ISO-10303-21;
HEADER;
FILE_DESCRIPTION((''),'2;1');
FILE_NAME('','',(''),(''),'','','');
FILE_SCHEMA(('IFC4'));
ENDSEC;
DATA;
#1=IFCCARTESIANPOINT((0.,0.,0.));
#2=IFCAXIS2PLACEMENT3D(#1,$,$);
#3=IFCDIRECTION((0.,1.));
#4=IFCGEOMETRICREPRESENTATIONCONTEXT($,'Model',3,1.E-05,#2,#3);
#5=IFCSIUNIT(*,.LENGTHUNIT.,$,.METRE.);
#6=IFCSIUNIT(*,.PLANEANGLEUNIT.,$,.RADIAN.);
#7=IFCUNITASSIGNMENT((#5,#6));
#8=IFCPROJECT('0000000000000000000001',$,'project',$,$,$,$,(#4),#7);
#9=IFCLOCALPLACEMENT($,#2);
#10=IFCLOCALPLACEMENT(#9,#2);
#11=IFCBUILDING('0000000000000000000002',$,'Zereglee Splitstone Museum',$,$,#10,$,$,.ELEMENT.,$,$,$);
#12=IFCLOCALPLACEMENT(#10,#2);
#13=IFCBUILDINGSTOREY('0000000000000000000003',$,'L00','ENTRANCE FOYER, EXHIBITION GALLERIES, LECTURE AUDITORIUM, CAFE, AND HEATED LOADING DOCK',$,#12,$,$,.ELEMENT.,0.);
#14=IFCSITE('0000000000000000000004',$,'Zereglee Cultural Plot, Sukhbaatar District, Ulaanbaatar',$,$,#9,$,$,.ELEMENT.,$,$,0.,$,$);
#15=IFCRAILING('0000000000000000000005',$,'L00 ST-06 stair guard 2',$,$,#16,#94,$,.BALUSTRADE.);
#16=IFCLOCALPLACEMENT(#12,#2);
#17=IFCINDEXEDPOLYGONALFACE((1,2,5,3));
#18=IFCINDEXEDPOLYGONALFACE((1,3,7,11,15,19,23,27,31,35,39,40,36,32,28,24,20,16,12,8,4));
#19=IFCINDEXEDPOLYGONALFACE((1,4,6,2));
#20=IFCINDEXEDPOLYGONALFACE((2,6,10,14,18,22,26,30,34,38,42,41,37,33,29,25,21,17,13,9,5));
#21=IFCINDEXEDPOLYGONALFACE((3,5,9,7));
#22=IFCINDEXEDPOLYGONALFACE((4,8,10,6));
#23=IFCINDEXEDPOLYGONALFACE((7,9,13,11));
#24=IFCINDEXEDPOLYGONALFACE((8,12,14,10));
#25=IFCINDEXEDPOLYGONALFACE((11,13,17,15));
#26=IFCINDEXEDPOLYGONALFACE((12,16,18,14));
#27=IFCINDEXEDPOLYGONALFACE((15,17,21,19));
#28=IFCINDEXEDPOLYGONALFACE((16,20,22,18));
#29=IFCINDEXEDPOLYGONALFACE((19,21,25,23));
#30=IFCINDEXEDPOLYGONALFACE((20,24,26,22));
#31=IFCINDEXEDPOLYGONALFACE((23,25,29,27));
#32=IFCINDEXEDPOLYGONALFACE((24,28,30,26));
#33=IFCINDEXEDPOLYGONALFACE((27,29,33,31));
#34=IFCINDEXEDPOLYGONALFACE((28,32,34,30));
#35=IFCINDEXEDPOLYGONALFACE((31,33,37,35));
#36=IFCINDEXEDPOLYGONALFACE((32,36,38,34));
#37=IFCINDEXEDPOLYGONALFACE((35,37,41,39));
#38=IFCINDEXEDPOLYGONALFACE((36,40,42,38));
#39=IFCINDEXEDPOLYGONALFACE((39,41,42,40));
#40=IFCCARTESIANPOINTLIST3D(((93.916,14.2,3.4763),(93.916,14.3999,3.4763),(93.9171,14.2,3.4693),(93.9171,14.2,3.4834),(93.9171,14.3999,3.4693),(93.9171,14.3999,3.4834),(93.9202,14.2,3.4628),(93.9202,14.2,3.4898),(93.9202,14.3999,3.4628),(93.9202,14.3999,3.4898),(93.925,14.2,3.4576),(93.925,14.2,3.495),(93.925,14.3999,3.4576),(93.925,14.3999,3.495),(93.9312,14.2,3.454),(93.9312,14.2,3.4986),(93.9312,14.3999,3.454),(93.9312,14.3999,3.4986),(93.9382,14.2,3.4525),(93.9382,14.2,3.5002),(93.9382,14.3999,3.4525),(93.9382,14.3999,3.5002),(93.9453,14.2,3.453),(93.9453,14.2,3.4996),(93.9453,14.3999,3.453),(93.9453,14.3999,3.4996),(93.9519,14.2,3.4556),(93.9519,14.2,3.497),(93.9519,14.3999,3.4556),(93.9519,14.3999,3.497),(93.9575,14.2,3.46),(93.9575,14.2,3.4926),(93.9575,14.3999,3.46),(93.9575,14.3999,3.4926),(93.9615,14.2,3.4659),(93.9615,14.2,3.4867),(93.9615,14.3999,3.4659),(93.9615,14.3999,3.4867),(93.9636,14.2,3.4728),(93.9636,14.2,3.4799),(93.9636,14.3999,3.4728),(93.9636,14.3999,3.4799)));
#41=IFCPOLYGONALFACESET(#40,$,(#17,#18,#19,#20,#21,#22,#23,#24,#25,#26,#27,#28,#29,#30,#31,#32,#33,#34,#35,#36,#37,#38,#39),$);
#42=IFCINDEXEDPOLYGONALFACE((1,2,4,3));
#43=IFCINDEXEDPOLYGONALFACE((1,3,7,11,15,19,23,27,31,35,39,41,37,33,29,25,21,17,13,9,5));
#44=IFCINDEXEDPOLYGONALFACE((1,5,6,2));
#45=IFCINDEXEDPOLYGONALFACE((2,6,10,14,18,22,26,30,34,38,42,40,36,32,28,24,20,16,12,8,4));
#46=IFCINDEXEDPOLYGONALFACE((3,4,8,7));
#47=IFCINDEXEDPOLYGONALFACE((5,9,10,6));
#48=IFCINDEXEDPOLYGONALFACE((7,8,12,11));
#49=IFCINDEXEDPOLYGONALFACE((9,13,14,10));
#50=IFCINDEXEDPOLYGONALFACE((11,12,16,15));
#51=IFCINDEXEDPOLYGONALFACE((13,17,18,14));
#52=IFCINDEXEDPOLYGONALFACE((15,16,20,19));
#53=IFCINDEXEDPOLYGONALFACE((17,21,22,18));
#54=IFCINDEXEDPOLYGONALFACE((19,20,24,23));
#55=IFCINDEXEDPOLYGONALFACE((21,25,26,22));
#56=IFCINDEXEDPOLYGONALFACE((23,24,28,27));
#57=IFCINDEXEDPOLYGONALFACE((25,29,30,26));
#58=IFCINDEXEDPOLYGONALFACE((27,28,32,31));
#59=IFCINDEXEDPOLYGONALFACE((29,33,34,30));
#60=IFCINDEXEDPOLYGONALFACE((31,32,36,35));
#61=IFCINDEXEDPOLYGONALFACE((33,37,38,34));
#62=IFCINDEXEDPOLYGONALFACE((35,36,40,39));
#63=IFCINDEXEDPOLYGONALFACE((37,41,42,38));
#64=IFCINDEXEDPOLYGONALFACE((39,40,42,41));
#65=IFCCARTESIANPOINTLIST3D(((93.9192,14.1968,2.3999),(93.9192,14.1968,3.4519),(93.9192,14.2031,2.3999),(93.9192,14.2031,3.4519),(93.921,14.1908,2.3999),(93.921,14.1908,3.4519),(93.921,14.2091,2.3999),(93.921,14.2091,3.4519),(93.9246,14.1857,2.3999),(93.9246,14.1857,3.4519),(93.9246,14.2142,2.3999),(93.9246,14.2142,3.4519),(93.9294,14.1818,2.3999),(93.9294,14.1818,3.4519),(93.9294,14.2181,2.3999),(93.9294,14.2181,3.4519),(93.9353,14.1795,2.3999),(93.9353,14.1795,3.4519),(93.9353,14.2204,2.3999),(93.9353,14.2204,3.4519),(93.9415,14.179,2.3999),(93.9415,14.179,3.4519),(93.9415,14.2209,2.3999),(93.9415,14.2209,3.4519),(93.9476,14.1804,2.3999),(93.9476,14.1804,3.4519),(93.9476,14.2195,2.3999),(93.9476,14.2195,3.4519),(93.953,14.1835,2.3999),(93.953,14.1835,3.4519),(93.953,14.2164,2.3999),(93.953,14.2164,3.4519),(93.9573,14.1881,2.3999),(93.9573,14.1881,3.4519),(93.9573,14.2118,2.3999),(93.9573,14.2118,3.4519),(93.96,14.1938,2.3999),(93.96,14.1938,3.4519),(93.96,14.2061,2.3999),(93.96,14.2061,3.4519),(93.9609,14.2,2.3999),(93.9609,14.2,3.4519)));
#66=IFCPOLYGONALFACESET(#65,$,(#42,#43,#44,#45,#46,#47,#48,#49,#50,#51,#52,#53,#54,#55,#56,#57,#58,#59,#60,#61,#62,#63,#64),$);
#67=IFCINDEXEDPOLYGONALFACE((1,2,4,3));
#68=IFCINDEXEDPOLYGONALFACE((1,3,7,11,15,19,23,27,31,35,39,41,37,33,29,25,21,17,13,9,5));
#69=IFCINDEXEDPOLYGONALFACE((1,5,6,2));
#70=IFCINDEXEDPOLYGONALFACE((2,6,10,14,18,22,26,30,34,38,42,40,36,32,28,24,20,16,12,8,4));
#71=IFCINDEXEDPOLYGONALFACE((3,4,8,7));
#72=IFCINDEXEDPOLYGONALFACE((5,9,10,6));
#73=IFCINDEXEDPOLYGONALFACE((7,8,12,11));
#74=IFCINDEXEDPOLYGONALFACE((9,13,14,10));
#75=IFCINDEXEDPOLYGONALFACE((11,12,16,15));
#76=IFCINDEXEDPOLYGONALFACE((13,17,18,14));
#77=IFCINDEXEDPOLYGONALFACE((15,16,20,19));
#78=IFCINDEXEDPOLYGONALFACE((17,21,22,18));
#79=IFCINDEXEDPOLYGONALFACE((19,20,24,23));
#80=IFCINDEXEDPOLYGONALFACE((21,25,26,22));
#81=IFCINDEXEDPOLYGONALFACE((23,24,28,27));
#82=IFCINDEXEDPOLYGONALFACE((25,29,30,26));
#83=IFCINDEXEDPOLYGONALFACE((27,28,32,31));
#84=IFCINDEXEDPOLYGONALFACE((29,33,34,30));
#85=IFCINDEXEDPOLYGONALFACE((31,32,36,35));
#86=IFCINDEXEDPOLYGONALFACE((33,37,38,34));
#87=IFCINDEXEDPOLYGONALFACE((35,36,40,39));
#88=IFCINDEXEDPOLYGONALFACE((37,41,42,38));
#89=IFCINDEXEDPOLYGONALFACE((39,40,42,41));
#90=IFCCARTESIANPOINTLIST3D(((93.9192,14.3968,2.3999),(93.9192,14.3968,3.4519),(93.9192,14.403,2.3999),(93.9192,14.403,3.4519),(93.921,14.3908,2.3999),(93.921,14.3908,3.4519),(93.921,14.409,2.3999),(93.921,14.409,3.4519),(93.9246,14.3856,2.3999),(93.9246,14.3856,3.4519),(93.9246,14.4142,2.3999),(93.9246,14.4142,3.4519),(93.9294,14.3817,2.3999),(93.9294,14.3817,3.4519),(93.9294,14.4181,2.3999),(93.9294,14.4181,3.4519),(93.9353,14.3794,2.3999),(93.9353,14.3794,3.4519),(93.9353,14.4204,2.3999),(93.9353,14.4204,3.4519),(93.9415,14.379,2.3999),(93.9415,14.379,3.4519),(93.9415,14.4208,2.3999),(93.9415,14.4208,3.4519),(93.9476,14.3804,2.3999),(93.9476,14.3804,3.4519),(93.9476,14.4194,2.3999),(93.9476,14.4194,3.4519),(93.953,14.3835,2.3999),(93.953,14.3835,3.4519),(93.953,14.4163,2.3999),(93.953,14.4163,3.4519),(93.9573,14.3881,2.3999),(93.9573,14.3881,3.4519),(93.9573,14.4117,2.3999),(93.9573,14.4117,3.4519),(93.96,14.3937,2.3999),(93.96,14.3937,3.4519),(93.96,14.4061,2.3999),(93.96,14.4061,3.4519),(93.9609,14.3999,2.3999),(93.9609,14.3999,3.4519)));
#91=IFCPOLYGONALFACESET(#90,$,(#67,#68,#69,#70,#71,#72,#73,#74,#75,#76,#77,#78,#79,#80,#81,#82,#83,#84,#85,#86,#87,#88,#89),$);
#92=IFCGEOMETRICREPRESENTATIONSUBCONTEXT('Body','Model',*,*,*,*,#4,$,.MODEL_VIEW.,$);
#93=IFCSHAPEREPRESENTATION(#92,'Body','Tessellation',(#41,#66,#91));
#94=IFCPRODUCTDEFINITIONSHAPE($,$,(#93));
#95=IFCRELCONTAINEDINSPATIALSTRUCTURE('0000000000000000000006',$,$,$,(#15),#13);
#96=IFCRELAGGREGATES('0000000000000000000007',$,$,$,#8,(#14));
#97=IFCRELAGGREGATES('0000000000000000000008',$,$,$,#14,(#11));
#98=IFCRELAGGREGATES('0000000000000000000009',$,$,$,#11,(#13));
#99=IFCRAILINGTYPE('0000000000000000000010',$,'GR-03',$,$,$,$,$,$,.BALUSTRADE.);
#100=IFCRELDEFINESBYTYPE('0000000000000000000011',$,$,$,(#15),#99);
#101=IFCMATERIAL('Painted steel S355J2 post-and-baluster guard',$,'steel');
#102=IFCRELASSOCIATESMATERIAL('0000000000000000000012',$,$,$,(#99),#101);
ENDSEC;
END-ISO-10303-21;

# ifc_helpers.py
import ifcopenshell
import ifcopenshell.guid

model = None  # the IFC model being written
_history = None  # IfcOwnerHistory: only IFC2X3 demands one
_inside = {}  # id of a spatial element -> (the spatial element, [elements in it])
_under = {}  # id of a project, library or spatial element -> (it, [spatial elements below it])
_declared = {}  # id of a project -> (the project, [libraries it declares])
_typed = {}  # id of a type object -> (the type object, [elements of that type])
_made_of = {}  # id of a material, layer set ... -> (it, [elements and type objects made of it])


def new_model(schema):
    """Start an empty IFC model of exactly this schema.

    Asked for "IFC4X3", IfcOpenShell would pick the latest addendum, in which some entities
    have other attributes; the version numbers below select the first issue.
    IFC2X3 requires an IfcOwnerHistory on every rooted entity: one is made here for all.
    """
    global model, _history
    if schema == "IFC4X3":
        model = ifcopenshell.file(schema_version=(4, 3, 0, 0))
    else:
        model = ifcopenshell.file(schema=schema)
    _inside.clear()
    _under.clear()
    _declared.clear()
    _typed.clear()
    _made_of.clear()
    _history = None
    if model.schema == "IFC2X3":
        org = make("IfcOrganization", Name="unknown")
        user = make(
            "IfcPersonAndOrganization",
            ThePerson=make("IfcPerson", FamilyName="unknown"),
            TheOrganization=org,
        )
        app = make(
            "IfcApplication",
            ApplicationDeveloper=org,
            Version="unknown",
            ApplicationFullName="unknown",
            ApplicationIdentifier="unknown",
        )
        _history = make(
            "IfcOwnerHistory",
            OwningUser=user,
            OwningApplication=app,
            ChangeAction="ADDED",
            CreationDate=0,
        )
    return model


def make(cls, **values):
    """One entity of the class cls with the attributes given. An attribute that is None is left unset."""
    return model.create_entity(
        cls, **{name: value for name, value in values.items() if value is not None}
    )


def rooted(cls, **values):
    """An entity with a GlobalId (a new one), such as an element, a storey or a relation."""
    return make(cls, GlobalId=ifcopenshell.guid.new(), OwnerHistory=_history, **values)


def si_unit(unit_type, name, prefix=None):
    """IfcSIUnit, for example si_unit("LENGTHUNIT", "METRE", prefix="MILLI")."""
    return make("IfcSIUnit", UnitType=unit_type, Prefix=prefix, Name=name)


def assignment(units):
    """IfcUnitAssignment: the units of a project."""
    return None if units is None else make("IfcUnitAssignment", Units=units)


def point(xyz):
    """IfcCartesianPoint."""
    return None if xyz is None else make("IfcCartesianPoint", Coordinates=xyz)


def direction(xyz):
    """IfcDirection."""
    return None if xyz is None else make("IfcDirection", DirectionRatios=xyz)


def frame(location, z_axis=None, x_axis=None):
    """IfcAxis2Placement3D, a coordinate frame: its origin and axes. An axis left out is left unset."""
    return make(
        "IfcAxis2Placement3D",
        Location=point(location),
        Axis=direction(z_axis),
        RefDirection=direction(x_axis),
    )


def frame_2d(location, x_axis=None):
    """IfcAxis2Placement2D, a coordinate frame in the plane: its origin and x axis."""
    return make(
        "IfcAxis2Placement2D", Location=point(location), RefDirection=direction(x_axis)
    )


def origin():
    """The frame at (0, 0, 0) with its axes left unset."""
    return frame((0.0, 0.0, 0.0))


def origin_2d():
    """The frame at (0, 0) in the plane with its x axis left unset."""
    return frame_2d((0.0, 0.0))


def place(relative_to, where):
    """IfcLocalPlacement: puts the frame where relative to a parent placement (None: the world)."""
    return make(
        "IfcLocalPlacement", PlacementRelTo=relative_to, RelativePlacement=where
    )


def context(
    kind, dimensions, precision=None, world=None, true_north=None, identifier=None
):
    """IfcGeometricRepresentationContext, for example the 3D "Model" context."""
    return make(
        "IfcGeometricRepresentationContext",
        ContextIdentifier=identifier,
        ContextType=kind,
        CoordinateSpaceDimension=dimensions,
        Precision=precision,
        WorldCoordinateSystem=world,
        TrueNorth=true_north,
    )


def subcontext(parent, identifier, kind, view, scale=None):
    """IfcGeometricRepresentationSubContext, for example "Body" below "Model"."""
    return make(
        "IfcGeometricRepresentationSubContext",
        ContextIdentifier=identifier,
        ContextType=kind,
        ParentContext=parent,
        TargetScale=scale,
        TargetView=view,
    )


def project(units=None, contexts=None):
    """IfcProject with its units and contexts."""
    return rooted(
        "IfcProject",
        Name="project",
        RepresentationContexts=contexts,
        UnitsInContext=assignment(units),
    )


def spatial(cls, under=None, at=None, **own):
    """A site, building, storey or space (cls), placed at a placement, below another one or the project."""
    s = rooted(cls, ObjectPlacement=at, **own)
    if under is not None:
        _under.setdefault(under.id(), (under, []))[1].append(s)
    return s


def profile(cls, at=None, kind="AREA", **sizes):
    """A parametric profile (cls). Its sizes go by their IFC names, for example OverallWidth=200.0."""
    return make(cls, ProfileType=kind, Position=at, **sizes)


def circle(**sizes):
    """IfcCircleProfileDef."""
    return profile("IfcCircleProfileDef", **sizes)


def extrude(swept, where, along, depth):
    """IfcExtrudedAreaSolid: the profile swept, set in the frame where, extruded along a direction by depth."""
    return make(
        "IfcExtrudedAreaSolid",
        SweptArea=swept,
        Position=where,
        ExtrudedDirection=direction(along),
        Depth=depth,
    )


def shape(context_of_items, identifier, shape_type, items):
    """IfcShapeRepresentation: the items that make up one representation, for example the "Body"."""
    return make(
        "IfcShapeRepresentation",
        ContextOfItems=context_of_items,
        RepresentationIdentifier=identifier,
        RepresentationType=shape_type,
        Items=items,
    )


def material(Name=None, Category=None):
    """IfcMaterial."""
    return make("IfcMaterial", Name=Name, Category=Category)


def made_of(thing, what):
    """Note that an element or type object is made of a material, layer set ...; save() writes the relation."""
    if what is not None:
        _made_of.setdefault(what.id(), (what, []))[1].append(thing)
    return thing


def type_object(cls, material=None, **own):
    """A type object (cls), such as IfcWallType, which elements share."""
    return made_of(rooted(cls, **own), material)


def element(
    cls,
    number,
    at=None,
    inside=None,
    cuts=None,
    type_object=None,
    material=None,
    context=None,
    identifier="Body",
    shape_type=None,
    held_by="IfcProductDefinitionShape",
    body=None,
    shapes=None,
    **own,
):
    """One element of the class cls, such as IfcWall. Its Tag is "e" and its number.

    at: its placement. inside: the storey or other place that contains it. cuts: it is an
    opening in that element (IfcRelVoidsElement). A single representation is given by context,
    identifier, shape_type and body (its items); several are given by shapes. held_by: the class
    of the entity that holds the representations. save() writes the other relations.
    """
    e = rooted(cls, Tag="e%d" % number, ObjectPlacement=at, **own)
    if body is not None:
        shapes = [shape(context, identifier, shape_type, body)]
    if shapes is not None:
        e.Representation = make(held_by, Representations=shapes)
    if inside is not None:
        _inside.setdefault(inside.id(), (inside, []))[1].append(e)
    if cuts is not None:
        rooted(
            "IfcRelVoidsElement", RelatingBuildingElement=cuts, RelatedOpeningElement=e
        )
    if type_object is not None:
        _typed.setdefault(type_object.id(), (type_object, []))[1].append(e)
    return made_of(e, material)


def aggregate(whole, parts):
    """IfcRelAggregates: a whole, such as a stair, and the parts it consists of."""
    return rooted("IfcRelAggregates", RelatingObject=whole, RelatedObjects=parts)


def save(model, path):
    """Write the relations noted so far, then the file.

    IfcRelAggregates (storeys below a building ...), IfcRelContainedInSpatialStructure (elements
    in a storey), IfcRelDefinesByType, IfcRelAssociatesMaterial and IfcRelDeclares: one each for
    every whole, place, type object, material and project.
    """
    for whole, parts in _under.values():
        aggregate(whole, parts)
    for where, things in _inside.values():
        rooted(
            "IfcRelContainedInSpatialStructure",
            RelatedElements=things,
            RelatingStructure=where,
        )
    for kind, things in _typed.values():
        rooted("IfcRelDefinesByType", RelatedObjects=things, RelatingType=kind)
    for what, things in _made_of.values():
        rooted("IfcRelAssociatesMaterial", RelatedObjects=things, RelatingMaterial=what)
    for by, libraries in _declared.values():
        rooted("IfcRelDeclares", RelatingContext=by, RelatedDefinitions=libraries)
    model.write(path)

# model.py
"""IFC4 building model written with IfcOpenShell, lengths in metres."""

from ifc_helpers import new_model, si_unit, direction, frame, origin, origin_2d, place, context, subcontext, project, spatial, circle, extrude, material, type_object, element, save


model = new_model("IFC4")

# Units and contexts
model_context = context("Model", 3, precision=1e-05, world=origin(), true_north=direction((0.0, 1.0)))
body_context = subcontext(model_context, "Body", "Model", "MODEL_VIEW")
ifc_project = project(units=[si_unit("LENGTHUNIT", "METRE"), si_unit("PLANEANGLEUNIT", "RADIAN")], contexts=[model_context])

# Site, building, storey
site_placement = place(None, origin())
site = spatial("IfcSite", under=ifc_project, at=site_placement, Name="Zereglee Cultural Plot, Sukhbaatar District, Ulaanbaatar", CompositionType="ELEMENT", RefElevation=0.0)
building_placement = place(site_placement, origin())
building = spatial("IfcBuilding", under=site, at=building_placement, Name="Zereglee Splitstone Museum", CompositionType="ELEMENT")
storey_placement = place(building_placement, origin())
storey = spatial("IfcBuildingStorey", under=building, at=storey_placement, Name="L00", Description="ENTRANCE FOYER, EXHIBITION GALLERIES, LECTURE AUDITORIUM, CAFE, AND HEATED LOADING DOCK", CompositionType="ELEMENT", Elevation=0.0)

# Railing
ifc_material_1 = material(Name="Painted steel S355J2 post-and-baluster guard", Category="steel")
railing_type_1 = type_object("IfcRailingType", Name="GR-03", PredefinedType="BALUSTRADE", material=ifc_material_1)
railing_1_placement = place(storey_placement, frame((93.9399, 14.2, 2.3999)))
element("IfcRailing", 1, at=railing_1_placement, inside=storey, type_object=railing_type_1, Name="L00 ST-06 stair guard 2", PredefinedType="BALUSTRADE", context=body_context, shape_type="SweptSolid", body=[
    extrude(circle(Radius=0.0239, at=origin_2d()), frame((0.0, 0.0, 1.0764), z_axis=(0.0, 1.0, 0.0), x_axis=(-1.0, 0.0, 0.0)), (0.0, 0.0, 1.0), 0.2),
    extrude(circle(Radius=0.021, at=origin_2d()), origin(), (0.0, 0.0, 1.0), 1.052),
    extrude(circle(Radius=0.021, at=origin_2d()), frame((0.0, 0.2, 0.0)), (0.0, 0.0, 1.0), 1.052),
])

save(model, "model.ifc")
